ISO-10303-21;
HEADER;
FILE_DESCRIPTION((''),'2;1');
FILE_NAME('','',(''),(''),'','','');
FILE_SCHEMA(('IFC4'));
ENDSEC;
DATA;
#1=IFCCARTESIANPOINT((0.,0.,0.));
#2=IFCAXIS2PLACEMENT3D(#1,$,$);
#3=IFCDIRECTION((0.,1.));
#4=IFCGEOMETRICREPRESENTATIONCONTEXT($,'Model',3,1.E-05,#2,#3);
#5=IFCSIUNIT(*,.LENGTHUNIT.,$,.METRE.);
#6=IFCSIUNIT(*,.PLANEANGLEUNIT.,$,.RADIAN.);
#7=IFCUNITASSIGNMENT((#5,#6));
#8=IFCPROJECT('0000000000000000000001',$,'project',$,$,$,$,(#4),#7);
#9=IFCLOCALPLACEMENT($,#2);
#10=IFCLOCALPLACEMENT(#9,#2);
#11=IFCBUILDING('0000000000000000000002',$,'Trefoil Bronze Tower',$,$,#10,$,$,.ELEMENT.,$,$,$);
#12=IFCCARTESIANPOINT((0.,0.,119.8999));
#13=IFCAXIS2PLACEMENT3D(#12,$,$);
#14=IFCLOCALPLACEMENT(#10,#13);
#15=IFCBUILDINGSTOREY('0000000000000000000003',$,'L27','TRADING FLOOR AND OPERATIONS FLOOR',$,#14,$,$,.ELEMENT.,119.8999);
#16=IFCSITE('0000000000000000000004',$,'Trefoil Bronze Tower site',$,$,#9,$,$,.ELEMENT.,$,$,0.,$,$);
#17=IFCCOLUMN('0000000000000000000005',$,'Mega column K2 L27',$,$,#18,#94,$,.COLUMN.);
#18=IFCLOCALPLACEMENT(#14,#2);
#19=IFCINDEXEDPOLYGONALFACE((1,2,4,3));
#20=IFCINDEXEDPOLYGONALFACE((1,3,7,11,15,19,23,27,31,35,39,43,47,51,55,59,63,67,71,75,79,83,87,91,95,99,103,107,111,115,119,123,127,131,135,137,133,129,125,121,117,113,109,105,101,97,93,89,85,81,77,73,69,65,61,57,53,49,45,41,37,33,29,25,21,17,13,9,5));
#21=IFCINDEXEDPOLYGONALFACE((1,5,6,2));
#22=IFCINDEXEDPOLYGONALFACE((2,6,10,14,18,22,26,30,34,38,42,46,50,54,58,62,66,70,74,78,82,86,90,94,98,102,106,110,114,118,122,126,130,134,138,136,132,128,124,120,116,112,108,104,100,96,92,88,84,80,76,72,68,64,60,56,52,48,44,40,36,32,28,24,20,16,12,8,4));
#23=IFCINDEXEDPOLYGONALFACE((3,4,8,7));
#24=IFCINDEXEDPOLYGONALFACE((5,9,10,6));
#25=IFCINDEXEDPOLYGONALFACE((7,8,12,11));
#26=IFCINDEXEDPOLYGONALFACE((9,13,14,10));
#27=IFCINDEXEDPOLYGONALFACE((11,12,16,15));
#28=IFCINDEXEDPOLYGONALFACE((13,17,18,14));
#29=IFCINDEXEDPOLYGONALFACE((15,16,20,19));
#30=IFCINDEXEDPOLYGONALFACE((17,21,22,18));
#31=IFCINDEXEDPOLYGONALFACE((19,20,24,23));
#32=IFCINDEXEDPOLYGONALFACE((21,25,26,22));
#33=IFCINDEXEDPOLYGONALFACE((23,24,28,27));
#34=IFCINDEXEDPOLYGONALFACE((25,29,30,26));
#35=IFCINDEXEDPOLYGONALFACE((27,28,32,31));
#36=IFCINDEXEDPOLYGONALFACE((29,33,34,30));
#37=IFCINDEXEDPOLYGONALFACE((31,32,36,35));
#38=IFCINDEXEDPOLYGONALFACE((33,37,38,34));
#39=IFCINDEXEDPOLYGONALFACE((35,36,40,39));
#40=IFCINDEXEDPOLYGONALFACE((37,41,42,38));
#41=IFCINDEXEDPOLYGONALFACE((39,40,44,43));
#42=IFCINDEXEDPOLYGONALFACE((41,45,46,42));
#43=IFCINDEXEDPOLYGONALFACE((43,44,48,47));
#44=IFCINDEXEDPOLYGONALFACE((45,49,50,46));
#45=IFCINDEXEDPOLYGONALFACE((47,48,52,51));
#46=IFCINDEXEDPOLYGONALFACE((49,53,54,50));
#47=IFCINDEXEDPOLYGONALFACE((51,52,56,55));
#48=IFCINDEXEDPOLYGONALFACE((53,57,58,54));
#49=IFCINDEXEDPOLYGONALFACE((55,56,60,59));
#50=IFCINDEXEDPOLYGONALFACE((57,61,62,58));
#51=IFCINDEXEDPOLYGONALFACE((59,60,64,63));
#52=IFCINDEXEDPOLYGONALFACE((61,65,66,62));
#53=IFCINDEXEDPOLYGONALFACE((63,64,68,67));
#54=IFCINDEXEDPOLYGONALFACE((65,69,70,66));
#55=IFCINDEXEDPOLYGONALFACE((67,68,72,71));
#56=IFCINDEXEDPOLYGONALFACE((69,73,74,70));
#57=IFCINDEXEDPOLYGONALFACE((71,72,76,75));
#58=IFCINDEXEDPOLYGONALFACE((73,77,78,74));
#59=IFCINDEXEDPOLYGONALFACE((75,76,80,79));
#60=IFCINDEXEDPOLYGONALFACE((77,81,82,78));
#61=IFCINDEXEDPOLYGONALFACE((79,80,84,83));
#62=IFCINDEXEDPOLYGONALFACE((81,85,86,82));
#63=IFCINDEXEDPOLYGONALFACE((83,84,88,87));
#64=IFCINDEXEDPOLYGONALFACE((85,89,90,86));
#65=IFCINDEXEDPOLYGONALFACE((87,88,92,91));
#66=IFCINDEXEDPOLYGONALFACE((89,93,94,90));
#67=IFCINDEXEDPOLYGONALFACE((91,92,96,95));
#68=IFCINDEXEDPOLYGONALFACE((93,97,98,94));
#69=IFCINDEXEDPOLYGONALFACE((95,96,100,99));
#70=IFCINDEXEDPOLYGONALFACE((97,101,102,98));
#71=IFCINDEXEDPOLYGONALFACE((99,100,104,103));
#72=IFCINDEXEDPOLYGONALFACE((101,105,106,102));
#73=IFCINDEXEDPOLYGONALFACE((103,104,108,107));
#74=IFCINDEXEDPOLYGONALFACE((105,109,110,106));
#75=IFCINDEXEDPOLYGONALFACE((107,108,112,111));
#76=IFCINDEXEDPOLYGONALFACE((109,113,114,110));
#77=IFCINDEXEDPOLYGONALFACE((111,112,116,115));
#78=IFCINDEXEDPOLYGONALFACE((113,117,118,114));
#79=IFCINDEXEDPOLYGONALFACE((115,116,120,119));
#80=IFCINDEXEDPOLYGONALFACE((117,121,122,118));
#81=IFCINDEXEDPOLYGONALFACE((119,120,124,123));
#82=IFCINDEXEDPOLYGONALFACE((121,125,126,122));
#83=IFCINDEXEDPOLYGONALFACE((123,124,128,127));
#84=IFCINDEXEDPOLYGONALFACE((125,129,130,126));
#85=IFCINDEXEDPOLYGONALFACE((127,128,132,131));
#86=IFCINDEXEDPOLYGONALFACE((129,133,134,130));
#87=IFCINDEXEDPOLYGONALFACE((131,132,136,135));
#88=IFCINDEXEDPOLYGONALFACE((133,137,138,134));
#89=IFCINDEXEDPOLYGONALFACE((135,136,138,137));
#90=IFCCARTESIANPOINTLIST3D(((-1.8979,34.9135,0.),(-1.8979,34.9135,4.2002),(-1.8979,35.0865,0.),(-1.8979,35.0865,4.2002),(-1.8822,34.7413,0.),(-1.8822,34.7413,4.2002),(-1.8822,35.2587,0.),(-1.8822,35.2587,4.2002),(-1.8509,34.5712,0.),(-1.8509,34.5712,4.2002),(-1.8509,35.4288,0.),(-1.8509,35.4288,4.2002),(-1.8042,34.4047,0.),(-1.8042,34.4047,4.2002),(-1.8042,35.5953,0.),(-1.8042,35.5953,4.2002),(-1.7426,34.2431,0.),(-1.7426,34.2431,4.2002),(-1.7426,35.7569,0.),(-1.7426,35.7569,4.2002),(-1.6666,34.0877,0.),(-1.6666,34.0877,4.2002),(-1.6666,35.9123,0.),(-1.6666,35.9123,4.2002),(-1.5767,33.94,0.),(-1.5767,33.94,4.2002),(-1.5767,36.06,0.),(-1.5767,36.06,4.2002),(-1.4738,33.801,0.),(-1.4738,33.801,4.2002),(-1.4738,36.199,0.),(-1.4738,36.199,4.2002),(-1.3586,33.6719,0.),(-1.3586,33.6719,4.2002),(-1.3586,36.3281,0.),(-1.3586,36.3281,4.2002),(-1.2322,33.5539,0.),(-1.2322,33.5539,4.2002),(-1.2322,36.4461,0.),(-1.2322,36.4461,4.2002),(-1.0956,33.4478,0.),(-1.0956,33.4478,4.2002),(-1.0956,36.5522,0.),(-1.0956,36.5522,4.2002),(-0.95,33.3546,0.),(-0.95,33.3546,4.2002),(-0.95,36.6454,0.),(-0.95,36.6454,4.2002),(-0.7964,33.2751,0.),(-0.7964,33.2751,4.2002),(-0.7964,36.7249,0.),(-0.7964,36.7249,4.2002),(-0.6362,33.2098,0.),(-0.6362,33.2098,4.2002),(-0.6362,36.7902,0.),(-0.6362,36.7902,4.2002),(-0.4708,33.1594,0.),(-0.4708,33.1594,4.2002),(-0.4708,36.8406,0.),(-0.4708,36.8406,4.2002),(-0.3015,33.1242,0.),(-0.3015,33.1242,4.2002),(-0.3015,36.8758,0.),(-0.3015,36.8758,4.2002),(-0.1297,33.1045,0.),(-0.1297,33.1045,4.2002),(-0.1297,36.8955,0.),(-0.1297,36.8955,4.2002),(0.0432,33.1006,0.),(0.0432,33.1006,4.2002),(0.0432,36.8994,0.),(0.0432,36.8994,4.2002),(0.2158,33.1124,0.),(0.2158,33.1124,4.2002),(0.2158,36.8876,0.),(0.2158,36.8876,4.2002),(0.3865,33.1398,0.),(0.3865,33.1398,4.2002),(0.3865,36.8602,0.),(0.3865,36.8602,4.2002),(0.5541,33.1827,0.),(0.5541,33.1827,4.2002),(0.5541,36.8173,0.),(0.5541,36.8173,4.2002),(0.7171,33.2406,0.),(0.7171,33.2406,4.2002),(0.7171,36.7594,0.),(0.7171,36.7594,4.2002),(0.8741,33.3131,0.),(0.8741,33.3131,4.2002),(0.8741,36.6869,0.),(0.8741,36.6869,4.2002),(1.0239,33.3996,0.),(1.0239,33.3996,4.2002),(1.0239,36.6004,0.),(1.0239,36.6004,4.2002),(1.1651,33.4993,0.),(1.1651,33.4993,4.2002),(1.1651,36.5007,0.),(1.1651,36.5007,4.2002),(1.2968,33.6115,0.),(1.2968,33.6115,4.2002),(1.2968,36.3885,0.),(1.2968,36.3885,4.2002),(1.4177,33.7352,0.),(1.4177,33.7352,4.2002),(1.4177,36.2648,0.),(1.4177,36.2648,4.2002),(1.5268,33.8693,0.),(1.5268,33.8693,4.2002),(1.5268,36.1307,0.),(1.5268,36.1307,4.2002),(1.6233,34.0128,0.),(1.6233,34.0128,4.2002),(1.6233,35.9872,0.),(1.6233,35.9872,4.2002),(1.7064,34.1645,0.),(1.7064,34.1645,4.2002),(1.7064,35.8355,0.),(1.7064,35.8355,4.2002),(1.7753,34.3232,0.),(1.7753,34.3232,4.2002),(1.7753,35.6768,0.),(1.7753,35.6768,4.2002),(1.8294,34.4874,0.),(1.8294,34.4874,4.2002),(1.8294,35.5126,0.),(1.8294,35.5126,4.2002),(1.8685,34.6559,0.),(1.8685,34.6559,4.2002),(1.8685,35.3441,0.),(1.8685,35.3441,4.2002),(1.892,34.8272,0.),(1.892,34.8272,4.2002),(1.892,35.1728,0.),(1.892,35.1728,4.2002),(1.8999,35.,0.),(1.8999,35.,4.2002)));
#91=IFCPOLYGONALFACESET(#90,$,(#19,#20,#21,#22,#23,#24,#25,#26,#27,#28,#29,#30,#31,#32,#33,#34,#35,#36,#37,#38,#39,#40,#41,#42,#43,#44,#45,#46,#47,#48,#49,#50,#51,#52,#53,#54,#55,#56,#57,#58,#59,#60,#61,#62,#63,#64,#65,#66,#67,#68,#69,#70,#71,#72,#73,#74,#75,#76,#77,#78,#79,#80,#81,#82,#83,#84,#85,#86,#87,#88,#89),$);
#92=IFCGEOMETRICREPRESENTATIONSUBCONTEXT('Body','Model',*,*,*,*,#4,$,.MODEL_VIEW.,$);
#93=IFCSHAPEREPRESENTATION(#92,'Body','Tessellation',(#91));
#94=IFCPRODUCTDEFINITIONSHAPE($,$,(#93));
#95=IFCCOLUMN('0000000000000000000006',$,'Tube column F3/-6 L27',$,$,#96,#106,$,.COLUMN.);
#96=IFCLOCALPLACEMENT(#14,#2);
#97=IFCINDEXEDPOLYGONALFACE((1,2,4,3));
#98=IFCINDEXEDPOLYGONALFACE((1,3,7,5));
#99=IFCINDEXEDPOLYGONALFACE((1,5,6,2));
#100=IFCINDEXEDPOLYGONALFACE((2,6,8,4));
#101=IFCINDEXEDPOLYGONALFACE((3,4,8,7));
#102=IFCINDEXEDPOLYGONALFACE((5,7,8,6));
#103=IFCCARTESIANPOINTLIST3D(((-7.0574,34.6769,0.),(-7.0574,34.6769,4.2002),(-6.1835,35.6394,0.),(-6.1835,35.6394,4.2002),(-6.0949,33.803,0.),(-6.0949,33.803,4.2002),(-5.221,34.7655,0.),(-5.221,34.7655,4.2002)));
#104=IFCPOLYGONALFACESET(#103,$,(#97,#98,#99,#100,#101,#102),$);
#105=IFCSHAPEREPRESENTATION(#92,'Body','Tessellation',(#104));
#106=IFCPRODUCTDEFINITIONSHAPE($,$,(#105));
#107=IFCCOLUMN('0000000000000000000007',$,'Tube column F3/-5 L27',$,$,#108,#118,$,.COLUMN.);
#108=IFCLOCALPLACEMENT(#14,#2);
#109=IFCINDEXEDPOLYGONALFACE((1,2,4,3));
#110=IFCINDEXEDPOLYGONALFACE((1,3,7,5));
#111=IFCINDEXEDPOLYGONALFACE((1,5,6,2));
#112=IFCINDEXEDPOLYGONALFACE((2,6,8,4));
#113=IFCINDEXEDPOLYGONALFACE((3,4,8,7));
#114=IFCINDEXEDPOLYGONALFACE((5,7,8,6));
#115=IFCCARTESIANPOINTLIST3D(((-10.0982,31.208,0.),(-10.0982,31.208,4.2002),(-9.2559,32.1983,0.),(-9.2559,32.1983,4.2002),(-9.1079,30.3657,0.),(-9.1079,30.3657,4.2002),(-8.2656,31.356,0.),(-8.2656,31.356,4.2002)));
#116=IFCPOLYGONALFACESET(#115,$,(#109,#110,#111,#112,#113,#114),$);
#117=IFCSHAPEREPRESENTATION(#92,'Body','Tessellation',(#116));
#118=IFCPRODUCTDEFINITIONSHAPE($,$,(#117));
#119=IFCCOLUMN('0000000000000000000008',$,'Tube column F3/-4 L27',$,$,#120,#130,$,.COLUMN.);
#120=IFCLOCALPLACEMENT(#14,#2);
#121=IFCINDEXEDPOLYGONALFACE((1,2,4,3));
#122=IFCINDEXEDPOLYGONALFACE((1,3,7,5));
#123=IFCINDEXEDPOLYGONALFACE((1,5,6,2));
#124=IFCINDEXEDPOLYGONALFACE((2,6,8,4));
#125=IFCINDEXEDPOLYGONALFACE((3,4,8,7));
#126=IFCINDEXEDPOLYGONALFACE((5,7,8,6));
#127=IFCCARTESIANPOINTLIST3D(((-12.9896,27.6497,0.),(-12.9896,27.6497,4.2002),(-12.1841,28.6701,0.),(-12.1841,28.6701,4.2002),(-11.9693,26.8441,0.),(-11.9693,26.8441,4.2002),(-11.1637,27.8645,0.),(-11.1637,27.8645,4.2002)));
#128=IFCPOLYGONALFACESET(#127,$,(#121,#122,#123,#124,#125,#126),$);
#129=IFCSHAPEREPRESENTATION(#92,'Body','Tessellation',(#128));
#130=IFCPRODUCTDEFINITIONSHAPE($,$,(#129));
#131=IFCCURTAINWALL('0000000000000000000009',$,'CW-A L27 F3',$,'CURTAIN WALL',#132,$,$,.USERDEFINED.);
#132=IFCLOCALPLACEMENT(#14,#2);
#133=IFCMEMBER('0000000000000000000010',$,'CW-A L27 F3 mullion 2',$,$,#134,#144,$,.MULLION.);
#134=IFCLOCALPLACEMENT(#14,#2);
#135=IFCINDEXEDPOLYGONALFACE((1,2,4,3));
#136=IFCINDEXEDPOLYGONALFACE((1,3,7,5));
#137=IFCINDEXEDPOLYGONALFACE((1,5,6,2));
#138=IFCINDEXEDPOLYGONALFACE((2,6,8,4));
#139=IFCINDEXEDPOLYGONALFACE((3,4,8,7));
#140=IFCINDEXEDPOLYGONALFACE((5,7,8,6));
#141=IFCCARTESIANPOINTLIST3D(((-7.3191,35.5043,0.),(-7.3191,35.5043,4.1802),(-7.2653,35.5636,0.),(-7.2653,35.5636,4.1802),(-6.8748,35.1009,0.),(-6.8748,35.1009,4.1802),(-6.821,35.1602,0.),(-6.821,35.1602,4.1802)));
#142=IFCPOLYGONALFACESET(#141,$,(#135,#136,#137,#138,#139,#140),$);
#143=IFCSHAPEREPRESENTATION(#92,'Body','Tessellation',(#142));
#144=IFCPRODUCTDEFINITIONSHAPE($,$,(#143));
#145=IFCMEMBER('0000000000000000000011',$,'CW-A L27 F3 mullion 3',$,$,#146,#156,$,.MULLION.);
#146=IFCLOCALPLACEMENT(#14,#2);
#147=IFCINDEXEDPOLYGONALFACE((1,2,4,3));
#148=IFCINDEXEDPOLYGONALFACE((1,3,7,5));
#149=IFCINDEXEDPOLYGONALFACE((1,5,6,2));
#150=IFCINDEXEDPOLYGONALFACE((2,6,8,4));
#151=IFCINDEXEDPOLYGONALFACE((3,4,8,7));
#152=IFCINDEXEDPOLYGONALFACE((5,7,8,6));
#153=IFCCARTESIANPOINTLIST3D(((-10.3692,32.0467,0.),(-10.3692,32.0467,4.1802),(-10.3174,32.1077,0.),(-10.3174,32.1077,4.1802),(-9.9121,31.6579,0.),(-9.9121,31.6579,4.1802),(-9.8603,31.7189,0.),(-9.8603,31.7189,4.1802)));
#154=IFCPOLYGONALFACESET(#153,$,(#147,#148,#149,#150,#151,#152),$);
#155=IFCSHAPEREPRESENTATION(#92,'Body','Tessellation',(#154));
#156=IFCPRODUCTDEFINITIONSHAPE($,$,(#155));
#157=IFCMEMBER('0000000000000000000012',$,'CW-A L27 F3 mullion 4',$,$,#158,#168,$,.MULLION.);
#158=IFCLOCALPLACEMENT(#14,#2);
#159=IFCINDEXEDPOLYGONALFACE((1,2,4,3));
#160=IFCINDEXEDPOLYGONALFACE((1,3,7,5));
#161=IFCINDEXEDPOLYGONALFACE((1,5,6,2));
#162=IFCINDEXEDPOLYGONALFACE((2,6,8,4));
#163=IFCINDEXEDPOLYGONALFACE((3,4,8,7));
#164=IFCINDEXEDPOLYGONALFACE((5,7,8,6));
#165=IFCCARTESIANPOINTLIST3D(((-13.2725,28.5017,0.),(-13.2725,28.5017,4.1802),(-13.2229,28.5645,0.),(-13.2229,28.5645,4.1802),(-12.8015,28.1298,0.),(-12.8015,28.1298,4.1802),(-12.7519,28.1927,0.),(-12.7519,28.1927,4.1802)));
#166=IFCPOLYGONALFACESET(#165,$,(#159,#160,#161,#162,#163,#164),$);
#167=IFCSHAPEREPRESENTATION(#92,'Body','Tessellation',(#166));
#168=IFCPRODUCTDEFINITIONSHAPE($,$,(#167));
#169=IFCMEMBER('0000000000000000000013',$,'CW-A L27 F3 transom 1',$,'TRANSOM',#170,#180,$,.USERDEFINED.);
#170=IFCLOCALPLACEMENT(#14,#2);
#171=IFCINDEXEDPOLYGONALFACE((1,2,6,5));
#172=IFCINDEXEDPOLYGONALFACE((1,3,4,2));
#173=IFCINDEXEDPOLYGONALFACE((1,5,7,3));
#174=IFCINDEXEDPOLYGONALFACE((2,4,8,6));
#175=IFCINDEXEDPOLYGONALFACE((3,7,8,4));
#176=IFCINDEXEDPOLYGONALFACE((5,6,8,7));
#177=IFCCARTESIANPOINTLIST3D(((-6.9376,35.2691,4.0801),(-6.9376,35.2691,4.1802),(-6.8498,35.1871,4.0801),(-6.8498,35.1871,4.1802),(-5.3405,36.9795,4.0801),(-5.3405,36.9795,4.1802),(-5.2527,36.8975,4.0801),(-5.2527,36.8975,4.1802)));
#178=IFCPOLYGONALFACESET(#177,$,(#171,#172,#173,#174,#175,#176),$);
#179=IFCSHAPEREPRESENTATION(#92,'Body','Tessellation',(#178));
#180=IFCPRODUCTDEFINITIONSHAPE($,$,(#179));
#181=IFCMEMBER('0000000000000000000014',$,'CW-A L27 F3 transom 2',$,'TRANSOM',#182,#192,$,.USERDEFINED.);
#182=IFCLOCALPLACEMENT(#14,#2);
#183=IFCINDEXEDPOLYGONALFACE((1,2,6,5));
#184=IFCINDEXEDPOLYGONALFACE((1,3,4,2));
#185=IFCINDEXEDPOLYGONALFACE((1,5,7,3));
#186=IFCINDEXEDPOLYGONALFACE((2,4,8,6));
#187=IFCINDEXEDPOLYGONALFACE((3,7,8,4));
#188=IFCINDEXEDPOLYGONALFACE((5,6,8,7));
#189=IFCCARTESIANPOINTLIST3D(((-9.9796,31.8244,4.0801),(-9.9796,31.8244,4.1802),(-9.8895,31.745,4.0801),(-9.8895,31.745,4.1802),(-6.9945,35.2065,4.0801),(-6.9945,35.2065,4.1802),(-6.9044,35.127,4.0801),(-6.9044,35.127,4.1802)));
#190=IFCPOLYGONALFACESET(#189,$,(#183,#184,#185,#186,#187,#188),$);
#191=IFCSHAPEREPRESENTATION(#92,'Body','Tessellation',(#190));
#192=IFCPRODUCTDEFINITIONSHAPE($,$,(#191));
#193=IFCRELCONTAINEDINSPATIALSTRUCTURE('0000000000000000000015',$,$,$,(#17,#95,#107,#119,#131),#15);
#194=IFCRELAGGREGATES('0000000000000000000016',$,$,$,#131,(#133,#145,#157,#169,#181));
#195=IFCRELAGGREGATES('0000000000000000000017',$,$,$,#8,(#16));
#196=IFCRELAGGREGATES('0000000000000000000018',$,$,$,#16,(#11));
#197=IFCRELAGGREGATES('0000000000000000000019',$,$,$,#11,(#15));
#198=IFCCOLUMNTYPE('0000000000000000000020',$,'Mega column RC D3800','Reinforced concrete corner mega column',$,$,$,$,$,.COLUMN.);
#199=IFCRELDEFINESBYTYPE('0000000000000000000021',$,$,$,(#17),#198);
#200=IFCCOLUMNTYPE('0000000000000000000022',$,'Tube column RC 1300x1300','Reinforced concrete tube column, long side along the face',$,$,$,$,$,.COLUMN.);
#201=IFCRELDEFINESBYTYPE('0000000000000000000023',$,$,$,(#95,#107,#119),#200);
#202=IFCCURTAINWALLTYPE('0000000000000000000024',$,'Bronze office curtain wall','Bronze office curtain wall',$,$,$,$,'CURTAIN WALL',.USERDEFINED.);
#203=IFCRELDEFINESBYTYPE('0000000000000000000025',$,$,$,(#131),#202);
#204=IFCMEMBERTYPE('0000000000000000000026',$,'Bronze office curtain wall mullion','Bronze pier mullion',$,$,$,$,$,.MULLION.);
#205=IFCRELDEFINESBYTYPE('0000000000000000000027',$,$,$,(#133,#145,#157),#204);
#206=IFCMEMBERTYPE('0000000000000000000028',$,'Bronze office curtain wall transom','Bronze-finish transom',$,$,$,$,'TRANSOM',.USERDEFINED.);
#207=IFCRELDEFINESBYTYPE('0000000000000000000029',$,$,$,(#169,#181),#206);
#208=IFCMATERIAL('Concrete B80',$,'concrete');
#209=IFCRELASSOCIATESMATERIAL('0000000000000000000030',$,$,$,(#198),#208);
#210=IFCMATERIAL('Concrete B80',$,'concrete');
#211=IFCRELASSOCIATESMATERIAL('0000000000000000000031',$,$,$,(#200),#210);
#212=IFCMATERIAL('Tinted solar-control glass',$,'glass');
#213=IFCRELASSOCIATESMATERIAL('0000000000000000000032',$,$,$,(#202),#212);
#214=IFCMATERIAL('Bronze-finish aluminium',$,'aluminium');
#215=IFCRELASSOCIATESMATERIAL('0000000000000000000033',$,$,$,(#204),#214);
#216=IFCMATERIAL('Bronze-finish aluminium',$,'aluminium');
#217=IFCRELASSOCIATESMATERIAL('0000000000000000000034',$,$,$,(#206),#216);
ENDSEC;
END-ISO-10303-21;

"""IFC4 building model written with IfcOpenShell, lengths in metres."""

from ifc_helpers import new_model, si_unit, direction, frame, origin, origin_2d, place, context, subcontext, project, spatial, rectangle, circle, extrude, material, material_profile, profile_set, type_object, element, aggregate, save


model = new_model("IFC4")

# Units and contexts
model_context = context("Model", 3, precision=1e-05, world=origin(), true_north=direction((0.0, 1.0)))
body_context = subcontext(model_context, "Body", "Model", "MODEL_VIEW")
ifc_project = project(units=[si_unit("LENGTHUNIT", "METRE"), si_unit("PLANEANGLEUNIT", "RADIAN")], contexts=[model_context])

# Site, building, storey
site_placement = place(None, origin())
site = spatial("IfcSite", under=ifc_project, at=site_placement, Name="Trefoil Bronze Tower site", CompositionType="ELEMENT", RefElevation=0.0)
building_placement = place(site_placement, origin())
building = spatial("IfcBuilding", under=site, at=building_placement, Name="Trefoil Bronze Tower", CompositionType="ELEMENT")
storey_placement = place(building_placement, frame((0.0, 0.0, 119.8999)))
storey = spatial("IfcBuildingStorey", under=building, at=storey_placement, Name="L27", Description="TRADING FLOOR AND OPERATIONS FLOOR", CompositionType="ELEMENT", Elevation=119.8999)

# Columns
ifc_material_1 = material(Name="Concrete B80", Category="concrete")
ifc_material_profile_1 = material_profile(ifc_material_1, circle(Radius=1.8999, at=origin_2d()), Name="RC D3800")
ifc_profile_set_1 = profile_set([ifc_material_profile_1], Name="Concrete B80")
column_type_1 = type_object("IfcColumnType", Name="Mega column RC D3800", Description="Reinforced concrete corner mega column", PredefinedType="COLUMN", material=ifc_profile_set_1)
column_placement = place(storey_placement, frame((0.0, 35.0, 0.0), z_axis=(0.0, 0.0, 1.0), x_axis=(1.0, 0.0, 0.0)))
element("IfcColumn", 1, at=column_placement, inside=storey, type_object=column_type_1, Name="Mega column K2 L27", PredefinedType="COLUMN", context=body_context, shape_type="SweptSolid", body=[
    extrude(circle(Radius=1.8999, at=origin_2d()), origin(), (0.0, 0.0, 1.0), 4.2002),
])
ifc_material_2 = material(Name="Concrete B80", Category="concrete")
ifc_material_profile_2 = material_profile(ifc_material_2, rectangle(XDim=1.3, YDim=1.3, at=origin_2d()), Name="RC 1300x1300")
ifc_profile_set_2 = profile_set([ifc_material_profile_2], Name="Concrete B80")
column_type_2 = type_object("IfcColumnType", Name="Tube column RC 1300x1300", Description="Reinforced concrete tube column, long side along the face", PredefinedType="COLUMN", material=ifc_profile_set_2)
for number, where, z_axis, x_axis, name in (
    (2, (-6.1392, 34.7212, 0.0), (0.0, 0.0, 1.0), (-0.67221, -0.740361, 0.0), "Tube column F3/-6 L27"),
    (3, (-9.1819, 31.282, 0.0), (0.0, 0.0, 1.0), (-0.647904, -0.761722, 0.0), "Tube column F3/-5 L27"),
    (4, (-12.0767, 27.7571, 0.0), (0.0, 0.0, 1.0), (-0.619649, -0.784879, 0.0), "Tube column F3/-4 L27"),
):
    element("IfcColumn", number, at=place(storey_placement, frame(where, z_axis=z_axis, x_axis=x_axis)), inside=storey, type_object=column_type_2, Name=name, PredefinedType="COLUMN", context=body_context, shape_type="SweptSolid", body=[
        extrude(rectangle(XDim=1.3, YDim=1.3, at=origin_2d()), origin(), (0.0, 0.0, 1.0), 4.2002),
    ])

# Curtain wall, members
ifc_material_3 = material(Name="Tinted solar-control glass", Category="glass")
curtain_wall_type_1 = type_object("IfcCurtainWallType", Name="Bronze office curtain wall", Description="Bronze office curtain wall", ElementType="CURTAIN WALL", PredefinedType="USERDEFINED", material=ifc_material_3)
curtain_wall_1_placement = place(storey_placement, origin())
curtain_wall_1 = element("IfcCurtainWall", 5, at=curtain_wall_1_placement, inside=storey, type_object=curtain_wall_type_1, Name="CW-A L27 F3", ObjectType="CURTAIN WALL", PredefinedType="USERDEFINED")
ifc_material_4 = material(Name="Bronze-finish aluminium", Category="aluminium")
ifc_material_profile_3 = material_profile(ifc_material_4, rectangle(XDim=0.6001, YDim=0.0801, at=origin_2d()), Name="CW-A mullion")
ifc_profile_set_3 = profile_set([ifc_material_profile_3], Name="Bronze-finish aluminium")
member_type_1 = type_object("IfcMemberType", Name="Bronze office curtain wall mullion", Description="Bronze pier mullion", PredefinedType="MULLION", material=ifc_profile_set_3)
member_1_placement = place(storey_placement, frame((-7.0701, 35.3323, 0.0), z_axis=(0.0, 0.0, 1.0), x_axis=(0.740361, -0.67221, 0.0)))
member_1 = element("IfcMember", 6, at=member_1_placement, type_object=member_type_1, Name="CW-A L27 F3 mullion 2", PredefinedType="MULLION", context=body_context, shape_type="SweptSolid", body=[
    extrude(rectangle(XDim=0.6001, YDim=0.0801, at=origin_2d()), origin(), (0.0, 0.0, 1.0), 4.1802),
])
member_2_placement = place(storey_placement, frame((-10.1147, 31.8828, 0.0), z_axis=(0.0, 0.0, 1.0), x_axis=(0.761722, -0.647904, 0.0)))
member_2 = element("IfcMember", 7, at=member_2_placement, type_object=member_type_1, Name="CW-A L27 F3 mullion 3", PredefinedType="MULLION", context=body_context, shape_type="SweptSolid", body=[
    extrude(rectangle(XDim=0.6001, YDim=0.0801, at=origin_2d()), origin(), (0.0, 0.0, 1.0), 4.1802),
])
member_3_placement = place(storey_placement, frame((-13.0122, 28.3472, 0.0), z_axis=(0.0, 0.0, 1.0), x_axis=(0.784879, -0.619649, 0.0)))
member_3 = element("IfcMember", 8, at=member_3_placement, type_object=member_type_1, Name="CW-A L27 F3 mullion 4", PredefinedType="MULLION", context=body_context, shape_type="SweptSolid", body=[
    extrude(rectangle(XDim=0.6001, YDim=0.0801, at=origin_2d()), origin(), (0.0, 0.0, 1.0), 4.1802),
])
ifc_material_5 = material(Name="Bronze-finish aluminium", Category="aluminium")
ifc_material_profile_4 = material_profile(ifc_material_5, rectangle(XDim=0.1201, YDim=0.1001, at=origin_2d()), Name="CW-A transom")
ifc_profile_set_4 = profile_set([ifc_material_profile_4], Name="Bronze-finish aluminium")
member_type_2 = type_object("IfcMemberType", Name="Bronze office curtain wall transom", Description="Bronze-finish transom", ElementType="TRANSOM", PredefinedType="USERDEFINED", material=ifc_profile_set_4)
member_4_placement = place(storey_placement, frame((-5.2966, 36.9385, 4.1301), z_axis=(-0.682489, -0.730896, 0.0), x_axis=(0.730896, -0.682489, 0.0)))
member_4 = element("IfcMember", 9, at=member_4_placement, type_object=member_type_2, Name="CW-A L27 F3 transom 1", ObjectType="TRANSOM", PredefinedType="USERDEFINED", context=body_context, shape_type="SweptSolid", body=[
    extrude(rectangle(XDim=0.1201, YDim=0.1001, at=origin_2d()), origin(), (0.0, 0.0, 1.0), 2.3401),
])
member_5_placement = place(storey_placement, frame((-6.9495, 35.1667, 4.1301), z_axis=(-0.661736, -0.749737, 0.0), x_axis=(0.749737, -0.661736, 0.0)))
member_5 = element("IfcMember", 10, at=member_5_placement, type_object=member_type_2, Name="CW-A L27 F3 transom 2", ObjectType="TRANSOM", PredefinedType="USERDEFINED", context=body_context, shape_type="SweptSolid", body=[
    extrude(rectangle(XDim=0.1201, YDim=0.1001, at=origin_2d()), origin(), (0.0, 0.0, 1.0), 4.511),
])

aggregate(curtain_wall_1, [member_1, member_2, member_3, member_4, member_5])

save(model, "model.ifc")
